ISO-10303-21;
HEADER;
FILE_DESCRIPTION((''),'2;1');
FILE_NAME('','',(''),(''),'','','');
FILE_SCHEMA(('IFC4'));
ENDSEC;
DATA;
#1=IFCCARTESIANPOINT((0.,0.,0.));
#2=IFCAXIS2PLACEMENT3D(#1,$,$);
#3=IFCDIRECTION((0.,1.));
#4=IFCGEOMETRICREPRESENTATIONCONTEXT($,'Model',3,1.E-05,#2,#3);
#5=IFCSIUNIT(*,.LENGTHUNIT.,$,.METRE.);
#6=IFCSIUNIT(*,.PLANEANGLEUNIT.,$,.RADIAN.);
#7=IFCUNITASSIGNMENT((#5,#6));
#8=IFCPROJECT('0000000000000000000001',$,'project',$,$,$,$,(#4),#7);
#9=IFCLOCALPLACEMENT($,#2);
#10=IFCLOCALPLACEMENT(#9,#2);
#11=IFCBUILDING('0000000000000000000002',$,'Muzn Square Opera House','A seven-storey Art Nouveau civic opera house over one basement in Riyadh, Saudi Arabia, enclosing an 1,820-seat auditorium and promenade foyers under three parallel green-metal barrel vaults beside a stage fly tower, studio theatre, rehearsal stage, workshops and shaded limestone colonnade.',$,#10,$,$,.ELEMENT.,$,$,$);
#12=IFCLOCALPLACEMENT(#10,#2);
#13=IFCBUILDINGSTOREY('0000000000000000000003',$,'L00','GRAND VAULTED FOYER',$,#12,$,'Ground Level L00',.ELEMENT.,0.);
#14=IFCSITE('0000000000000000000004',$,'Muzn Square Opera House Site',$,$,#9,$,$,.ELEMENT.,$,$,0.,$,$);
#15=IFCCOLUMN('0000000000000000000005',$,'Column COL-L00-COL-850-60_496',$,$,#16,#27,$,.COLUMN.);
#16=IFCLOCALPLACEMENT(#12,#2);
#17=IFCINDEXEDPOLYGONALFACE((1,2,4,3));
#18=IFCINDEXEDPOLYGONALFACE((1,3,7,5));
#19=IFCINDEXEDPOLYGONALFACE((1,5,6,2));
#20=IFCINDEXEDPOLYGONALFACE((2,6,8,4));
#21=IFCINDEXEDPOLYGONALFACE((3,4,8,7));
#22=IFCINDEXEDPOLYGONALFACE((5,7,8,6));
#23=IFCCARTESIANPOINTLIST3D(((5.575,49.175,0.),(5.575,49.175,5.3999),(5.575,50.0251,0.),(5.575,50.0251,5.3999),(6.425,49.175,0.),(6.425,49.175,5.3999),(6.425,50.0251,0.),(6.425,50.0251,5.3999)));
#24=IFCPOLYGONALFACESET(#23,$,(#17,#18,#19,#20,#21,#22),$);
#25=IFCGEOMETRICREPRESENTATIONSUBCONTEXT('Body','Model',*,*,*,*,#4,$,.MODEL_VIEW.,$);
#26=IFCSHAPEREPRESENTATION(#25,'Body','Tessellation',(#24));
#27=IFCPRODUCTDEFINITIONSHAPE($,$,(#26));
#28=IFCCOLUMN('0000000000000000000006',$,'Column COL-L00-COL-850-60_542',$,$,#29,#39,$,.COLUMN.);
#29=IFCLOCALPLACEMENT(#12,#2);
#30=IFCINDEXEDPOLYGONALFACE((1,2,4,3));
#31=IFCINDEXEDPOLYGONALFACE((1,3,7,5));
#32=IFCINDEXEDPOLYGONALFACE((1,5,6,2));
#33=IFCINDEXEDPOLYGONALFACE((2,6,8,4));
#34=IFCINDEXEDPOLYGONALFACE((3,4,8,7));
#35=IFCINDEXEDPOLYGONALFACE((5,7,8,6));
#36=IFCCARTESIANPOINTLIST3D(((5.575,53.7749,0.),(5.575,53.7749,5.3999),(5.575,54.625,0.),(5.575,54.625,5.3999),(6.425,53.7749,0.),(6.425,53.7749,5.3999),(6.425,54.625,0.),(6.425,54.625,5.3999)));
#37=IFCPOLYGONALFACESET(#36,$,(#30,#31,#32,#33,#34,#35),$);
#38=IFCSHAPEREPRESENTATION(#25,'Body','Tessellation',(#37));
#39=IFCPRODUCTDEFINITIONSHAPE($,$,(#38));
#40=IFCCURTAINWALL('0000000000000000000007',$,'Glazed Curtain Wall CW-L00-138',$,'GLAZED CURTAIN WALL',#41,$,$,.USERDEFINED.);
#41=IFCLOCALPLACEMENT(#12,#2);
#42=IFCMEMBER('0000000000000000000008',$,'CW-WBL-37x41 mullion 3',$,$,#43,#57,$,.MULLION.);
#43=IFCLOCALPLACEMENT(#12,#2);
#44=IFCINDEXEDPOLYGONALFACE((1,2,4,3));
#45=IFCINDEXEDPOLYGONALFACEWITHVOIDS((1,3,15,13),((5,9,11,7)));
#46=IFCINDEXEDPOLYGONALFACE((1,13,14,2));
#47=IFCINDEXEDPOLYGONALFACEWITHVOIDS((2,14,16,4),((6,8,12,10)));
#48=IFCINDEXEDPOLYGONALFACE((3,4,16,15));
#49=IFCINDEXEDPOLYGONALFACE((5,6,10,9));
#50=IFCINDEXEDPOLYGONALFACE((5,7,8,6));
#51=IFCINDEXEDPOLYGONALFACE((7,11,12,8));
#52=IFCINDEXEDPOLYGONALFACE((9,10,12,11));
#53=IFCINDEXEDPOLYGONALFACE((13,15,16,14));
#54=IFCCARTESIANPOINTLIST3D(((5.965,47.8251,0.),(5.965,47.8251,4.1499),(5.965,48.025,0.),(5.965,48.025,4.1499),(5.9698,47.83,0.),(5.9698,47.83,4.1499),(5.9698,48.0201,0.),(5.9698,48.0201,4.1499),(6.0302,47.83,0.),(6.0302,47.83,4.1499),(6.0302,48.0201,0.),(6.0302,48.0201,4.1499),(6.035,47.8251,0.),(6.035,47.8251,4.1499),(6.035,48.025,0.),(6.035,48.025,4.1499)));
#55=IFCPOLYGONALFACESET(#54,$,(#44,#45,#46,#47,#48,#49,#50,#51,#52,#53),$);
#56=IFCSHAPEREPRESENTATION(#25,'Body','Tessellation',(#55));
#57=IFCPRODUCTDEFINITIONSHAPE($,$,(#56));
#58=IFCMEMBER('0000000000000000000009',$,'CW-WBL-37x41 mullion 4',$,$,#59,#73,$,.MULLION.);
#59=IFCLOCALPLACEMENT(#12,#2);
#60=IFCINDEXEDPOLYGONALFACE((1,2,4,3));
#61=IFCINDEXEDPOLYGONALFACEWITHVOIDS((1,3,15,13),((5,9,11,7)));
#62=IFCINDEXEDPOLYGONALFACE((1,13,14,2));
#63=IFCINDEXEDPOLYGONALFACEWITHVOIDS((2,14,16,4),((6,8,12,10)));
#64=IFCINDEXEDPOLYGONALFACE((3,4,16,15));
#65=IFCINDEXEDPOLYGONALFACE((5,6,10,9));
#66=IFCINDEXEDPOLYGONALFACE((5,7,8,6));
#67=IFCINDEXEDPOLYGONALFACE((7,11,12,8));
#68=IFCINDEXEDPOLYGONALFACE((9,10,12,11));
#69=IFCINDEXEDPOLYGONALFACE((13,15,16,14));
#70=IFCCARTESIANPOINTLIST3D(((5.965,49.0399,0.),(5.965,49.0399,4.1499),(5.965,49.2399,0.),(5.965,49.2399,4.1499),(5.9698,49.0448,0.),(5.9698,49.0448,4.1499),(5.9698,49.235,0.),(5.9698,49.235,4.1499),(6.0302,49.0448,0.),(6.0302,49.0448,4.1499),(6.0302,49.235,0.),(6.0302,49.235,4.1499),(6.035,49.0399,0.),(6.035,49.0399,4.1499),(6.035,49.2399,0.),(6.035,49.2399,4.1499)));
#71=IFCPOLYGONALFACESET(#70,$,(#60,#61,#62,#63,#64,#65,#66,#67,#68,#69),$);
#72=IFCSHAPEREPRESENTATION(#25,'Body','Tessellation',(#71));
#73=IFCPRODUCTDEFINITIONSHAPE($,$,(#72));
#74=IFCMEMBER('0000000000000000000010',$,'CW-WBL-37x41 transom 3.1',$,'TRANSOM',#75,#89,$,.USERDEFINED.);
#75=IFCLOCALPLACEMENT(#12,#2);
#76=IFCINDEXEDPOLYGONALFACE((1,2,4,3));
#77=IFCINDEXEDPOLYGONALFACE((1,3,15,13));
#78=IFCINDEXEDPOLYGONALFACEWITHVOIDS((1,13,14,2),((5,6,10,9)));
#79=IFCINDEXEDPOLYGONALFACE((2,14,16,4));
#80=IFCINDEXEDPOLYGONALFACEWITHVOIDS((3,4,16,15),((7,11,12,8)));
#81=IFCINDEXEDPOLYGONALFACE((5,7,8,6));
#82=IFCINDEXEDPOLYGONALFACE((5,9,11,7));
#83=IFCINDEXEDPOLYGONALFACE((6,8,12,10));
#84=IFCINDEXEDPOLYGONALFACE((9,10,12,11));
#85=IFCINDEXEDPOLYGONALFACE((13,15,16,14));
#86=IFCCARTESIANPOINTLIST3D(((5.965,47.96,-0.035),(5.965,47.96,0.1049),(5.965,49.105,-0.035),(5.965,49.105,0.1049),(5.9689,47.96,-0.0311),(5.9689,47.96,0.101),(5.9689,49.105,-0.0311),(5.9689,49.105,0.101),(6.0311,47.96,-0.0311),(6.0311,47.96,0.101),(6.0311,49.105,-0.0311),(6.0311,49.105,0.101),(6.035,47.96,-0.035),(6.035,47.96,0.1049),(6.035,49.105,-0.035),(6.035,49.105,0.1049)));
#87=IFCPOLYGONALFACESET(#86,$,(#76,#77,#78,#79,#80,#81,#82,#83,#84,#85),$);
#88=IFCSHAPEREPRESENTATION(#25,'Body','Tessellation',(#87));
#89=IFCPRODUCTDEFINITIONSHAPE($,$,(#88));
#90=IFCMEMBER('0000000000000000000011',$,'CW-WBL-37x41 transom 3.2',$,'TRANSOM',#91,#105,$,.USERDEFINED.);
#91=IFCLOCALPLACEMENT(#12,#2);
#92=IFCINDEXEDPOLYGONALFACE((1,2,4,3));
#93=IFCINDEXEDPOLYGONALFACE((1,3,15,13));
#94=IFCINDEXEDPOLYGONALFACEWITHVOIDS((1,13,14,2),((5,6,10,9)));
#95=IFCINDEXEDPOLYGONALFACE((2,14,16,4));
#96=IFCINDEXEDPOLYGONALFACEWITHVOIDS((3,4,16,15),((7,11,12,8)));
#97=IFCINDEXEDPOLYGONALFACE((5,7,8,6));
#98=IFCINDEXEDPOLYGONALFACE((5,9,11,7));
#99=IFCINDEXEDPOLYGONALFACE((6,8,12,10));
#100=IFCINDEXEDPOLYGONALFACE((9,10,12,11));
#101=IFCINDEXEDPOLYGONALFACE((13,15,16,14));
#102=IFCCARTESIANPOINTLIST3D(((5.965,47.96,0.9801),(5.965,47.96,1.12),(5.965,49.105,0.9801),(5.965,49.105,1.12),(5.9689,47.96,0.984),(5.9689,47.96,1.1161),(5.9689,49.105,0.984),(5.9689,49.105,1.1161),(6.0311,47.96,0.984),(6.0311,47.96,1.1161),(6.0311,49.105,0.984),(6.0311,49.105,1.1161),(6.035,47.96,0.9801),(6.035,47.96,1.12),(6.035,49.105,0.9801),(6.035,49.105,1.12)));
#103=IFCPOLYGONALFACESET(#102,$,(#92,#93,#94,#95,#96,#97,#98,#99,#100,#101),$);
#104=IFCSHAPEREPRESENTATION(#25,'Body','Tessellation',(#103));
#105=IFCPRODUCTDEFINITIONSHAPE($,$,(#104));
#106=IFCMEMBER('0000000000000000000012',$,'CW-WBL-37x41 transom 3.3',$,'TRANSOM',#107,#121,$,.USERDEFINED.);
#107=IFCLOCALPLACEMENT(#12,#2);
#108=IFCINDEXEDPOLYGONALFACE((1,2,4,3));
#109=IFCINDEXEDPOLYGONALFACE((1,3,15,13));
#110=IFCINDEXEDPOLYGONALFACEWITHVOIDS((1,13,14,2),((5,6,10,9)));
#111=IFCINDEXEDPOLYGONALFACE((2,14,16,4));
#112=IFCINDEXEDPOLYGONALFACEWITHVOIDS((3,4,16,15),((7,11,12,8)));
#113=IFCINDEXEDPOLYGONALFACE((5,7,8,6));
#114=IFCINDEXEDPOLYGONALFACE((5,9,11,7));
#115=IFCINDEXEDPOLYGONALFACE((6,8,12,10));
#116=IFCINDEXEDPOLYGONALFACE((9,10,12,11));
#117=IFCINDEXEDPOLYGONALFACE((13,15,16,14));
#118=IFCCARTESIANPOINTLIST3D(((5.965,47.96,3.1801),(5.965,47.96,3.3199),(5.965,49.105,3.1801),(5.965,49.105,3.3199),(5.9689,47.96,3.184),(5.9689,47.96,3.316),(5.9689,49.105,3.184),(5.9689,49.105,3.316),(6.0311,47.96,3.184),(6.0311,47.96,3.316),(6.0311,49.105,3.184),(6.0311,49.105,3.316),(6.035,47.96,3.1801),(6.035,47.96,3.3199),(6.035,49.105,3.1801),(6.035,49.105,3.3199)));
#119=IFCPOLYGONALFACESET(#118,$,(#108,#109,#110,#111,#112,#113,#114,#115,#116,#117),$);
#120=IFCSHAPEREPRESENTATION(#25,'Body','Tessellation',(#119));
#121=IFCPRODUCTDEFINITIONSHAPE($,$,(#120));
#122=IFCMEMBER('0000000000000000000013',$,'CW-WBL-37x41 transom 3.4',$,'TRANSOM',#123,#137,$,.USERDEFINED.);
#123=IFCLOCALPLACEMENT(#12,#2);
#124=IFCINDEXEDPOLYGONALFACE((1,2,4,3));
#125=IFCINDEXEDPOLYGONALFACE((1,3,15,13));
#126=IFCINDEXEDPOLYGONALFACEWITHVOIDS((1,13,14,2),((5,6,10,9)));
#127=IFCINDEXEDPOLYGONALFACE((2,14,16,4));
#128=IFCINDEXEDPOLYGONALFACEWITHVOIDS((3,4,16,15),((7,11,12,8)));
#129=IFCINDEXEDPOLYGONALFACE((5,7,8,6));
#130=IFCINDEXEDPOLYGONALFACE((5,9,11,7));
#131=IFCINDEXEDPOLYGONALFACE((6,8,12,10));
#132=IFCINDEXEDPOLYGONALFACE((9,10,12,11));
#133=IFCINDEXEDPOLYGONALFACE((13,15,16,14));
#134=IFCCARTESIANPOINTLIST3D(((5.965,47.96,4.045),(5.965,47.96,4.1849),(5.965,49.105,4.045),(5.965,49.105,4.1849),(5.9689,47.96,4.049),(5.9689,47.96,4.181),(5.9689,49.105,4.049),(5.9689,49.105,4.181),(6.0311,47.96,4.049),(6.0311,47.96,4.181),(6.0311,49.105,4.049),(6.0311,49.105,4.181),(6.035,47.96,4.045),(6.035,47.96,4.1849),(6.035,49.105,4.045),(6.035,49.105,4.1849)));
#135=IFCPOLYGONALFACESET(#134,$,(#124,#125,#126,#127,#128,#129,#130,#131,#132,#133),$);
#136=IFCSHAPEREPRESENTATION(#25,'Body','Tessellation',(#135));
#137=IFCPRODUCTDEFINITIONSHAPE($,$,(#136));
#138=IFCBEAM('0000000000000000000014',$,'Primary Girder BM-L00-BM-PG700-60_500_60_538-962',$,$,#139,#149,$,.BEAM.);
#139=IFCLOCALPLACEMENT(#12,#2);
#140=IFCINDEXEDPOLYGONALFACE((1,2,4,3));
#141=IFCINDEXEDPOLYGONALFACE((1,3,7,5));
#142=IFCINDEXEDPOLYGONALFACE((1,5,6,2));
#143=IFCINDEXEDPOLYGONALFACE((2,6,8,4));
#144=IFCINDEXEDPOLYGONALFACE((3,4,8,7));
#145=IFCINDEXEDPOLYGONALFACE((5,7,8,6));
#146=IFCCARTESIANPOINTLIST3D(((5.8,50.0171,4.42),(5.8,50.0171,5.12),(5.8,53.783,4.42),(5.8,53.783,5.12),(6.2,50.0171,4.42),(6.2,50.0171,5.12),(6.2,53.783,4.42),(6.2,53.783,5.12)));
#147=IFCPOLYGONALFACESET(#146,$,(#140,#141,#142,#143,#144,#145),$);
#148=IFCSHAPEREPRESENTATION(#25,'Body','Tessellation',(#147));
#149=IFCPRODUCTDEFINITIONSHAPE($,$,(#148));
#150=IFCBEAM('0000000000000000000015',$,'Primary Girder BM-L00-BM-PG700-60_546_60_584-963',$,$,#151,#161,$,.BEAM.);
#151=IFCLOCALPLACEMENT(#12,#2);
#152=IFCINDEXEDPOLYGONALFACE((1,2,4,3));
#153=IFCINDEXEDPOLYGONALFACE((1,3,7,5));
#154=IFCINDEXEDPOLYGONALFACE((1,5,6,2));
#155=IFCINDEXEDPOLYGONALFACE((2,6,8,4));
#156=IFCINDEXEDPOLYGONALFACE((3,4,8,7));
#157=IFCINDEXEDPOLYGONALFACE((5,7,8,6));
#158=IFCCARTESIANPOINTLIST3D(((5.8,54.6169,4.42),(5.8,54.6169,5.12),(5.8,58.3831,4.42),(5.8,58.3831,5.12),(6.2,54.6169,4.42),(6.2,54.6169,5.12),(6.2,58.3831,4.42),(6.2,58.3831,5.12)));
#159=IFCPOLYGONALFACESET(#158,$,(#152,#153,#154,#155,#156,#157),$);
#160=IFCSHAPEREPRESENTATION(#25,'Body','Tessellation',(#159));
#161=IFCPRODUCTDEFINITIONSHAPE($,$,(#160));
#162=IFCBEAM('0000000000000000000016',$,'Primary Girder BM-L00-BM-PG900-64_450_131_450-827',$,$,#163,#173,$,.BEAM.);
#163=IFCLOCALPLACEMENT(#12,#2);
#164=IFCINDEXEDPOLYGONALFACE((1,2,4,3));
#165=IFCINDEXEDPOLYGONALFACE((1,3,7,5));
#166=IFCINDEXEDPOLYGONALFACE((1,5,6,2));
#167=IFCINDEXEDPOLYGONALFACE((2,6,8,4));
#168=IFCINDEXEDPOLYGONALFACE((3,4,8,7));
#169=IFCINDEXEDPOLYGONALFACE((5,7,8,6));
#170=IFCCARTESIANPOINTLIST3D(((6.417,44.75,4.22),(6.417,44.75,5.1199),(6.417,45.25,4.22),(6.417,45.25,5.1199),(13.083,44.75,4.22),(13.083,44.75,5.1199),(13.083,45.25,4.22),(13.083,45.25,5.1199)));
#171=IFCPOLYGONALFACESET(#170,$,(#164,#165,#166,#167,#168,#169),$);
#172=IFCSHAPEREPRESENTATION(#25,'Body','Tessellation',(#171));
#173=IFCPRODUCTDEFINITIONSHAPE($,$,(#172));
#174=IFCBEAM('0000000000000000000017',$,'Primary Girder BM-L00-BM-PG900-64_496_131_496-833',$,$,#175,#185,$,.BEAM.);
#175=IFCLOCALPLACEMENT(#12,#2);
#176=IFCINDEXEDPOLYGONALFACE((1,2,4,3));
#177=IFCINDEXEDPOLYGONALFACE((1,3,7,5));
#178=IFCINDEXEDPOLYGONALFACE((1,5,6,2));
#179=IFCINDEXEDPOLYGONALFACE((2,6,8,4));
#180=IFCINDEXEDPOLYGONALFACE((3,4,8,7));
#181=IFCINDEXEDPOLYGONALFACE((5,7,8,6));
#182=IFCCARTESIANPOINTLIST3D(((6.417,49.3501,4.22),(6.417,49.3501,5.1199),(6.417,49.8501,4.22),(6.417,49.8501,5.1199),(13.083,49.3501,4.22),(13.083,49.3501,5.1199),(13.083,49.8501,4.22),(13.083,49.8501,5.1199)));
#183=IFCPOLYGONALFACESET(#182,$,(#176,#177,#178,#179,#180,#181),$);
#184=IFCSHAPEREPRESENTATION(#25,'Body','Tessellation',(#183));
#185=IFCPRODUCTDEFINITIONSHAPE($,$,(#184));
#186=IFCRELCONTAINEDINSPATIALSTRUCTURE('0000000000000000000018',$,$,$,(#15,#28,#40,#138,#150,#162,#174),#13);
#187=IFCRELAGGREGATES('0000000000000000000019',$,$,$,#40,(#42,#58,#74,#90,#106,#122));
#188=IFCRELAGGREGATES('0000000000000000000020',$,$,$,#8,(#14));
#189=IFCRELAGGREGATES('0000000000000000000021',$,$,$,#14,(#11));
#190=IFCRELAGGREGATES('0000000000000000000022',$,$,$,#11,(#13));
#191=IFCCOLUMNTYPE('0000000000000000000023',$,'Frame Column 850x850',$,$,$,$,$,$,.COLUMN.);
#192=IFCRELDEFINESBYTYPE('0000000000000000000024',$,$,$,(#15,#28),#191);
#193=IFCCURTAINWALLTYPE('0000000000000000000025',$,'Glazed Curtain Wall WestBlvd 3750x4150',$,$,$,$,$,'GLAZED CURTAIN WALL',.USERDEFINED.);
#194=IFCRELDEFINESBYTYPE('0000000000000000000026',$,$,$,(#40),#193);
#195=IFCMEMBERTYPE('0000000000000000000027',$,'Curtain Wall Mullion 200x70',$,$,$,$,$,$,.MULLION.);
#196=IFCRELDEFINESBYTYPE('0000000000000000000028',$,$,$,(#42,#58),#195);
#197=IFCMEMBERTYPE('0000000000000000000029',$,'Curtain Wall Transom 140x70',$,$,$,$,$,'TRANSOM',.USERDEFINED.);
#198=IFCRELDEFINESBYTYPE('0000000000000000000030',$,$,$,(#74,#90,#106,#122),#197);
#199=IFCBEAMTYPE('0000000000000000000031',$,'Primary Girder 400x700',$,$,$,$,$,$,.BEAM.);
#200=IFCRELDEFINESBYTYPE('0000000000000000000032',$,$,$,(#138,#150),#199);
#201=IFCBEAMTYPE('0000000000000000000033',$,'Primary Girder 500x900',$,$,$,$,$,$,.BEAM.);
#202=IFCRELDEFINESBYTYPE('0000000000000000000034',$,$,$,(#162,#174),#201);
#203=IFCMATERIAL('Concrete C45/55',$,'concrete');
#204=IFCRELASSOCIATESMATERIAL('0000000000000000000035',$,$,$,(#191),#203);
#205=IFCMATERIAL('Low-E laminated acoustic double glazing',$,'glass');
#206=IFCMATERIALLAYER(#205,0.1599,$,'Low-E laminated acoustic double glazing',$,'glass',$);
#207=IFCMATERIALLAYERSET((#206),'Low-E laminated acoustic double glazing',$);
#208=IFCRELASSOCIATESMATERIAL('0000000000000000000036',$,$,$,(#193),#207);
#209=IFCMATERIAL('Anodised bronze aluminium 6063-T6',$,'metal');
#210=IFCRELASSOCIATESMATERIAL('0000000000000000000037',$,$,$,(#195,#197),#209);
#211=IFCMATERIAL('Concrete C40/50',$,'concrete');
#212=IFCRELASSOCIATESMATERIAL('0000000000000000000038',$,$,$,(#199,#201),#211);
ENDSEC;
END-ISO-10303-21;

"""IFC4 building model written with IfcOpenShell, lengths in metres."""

from ifc_helpers import new_model, si_unit, direction, frame, origin, origin_2d, place, context, subcontext, project, spatial, rectangle, hollow_rectangle, extrude, material, layer, layer_set, material_profile, profile_set, type_object, element, aggregate, save


model = new_model("IFC4")

# Units and contexts
model_context = context("Model", 3, precision=1e-05, world=origin(), true_north=direction((0.0, 1.0)))
body_context = subcontext(model_context, "Body", "Model", "MODEL_VIEW")
ifc_project = project(units=[si_unit("LENGTHUNIT", "METRE"), si_unit("PLANEANGLEUNIT", "RADIAN")], contexts=[model_context])

# Site, building, storey
site_placement = place(None, origin())
site = spatial("IfcSite", under=ifc_project, at=site_placement, Name="Muzn Square Opera House Site", CompositionType="ELEMENT", RefElevation=0.0)
building_placement = place(site_placement, origin())
building = spatial("IfcBuilding", under=site, at=building_placement, Name="Muzn Square Opera House", Description="A seven-storey Art Nouveau civic opera house over one basement in Riyadh, Saudi Arabia, enclosing an 1,820-seat auditorium and promenade foyers under three parallel green-metal barrel vaults beside a stage fly tower, studio theatre, rehearsal stage, workshops and shaded limestone colonnade.", CompositionType="ELEMENT")
storey_placement = place(building_placement, origin())
storey = spatial("IfcBuildingStorey", under=building, at=storey_placement, Name="L00", Description="GRAND VAULTED FOYER", LongName="Ground Level L00", CompositionType="ELEMENT", Elevation=0.0)

# Columns
ifc_material_1 = material(Name="Concrete C45/55", Category="concrete")
ifc_material_profile_1 = material_profile(ifc_material_1, rectangle(XDim=0.8501, YDim=0.8501, at=origin_2d()), Name="RC 850x850", Category="concrete")
ifc_profile_set_1 = profile_set([ifc_material_profile_1], Name="Concrete C45/55")
column_type = type_object("IfcColumnType", Name="Frame Column 850x850", PredefinedType="COLUMN", material=ifc_profile_set_1)
for number, where, z_axis, x_axis, name in (
    (1, (6.0, 49.6001, 0.0), (0.0, 0.0, 1.0), (1.0, 0.0, 0.0), "Column COL-L00-COL-850-60_496"),
    (2, (6.0, 54.2, 0.0), (0.0, 0.0, 1.0), (1.0, 0.0, 0.0), "Column COL-L00-COL-850-60_542"),
):
    element("IfcColumn", number, at=place(storey_placement, frame(where, z_axis=z_axis, x_axis=x_axis)), inside=storey, type_object=column_type, Name=name, PredefinedType="COLUMN", context=body_context, shape_type="SweptSolid", body=[
        extrude(rectangle(XDim=0.8501, YDim=0.8501, at=origin_2d()), origin(), (0.0, 0.0, 1.0), 5.3999),
    ])

# Curtain wall, members
ifc_material_2 = material(Name="Low-E laminated acoustic double glazing", Category="glass")
ifc_layer_1 = layer(ifc_material_2, 0.1599, Name="Low-E laminated acoustic double glazing", Category="glass")
ifc_layer_set_1 = layer_set([ifc_layer_1], Name="Low-E laminated acoustic double glazing")
curtain_wall_type = type_object("IfcCurtainWallType", Name="Glazed Curtain Wall WestBlvd 3750x4150", ElementType="GLAZED CURTAIN WALL", PredefinedType="USERDEFINED", material=ifc_layer_set_1)
curtain_wall_placement = place(storey_placement, origin())
curtain_wall = element("IfcCurtainWall", 3, at=curtain_wall_placement, inside=storey, type_object=curtain_wall_type, Name="Glazed Curtain Wall CW-L00-138", ObjectType="GLAZED CURTAIN WALL", PredefinedType="USERDEFINED")
ifc_material_3 = material(Name="Anodised bronze aluminium 6063-T6", Category="metal")
ifc_material_profile_2 = material_profile(ifc_material_3, hollow_rectangle(XDim=0.0701, YDim=0.2, WallThickness=0.0049, at=origin_2d()), Name="ALU 200x70x5", Category="metal")
ifc_profile_set_2 = profile_set([ifc_material_profile_2], Name="Anodised bronze aluminium 6063-T6")
member_type_1 = type_object("IfcMemberType", Name="Curtain Wall Mullion 200x70", PredefinedType="MULLION", material=ifc_profile_set_2)
member_1_placement = place(storey_placement, frame((6.0, 47.925, 0.0), z_axis=(0.0, 0.0, 1.0), x_axis=(-1.0, 0.0, 0.0)))
member_1 = element("IfcMember", 4, at=member_1_placement, type_object=member_type_1, Name="CW-WBL-37x41 mullion 3", PredefinedType="MULLION", context=body_context, shape_type="SweptSolid", body=[
    extrude(hollow_rectangle(XDim=0.0701, YDim=0.2, WallThickness=0.0049, at=origin_2d()), origin(), (0.0, 0.0, 1.0), 4.1499),
])
member_2_placement = place(storey_placement, frame((6.0, 49.1399, 0.0), z_axis=(0.0, 0.0, 1.0), x_axis=(-1.0, 0.0, 0.0)))
member_2 = element("IfcMember", 5, at=member_2_placement, type_object=member_type_1, Name="CW-WBL-37x41 mullion 4", PredefinedType="MULLION", context=body_context, shape_type="SweptSolid", body=[
    extrude(hollow_rectangle(XDim=0.0701, YDim=0.2, WallThickness=0.0049, at=origin_2d()), origin(), (0.0, 0.0, 1.0), 4.1499),
])
ifc_material_profile_3 = material_profile(ifc_material_3, hollow_rectangle(XDim=0.0701, YDim=0.1399, WallThickness=0.0039, at=origin_2d()), Name="ALU 140x70x4", Category="metal")
ifc_profile_set_3 = profile_set([ifc_material_profile_3], Name="Anodised bronze aluminium 6063-T6")
member_type_2 = type_object("IfcMemberType", Name="Curtain Wall Transom 140x70", ElementType="TRANSOM", PredefinedType="USERDEFINED", material=ifc_profile_set_3)
member_3_placement = place(storey_placement, frame((6.0, 47.96, 0.0349), z_axis=(0.0, 1.0, 0.0), x_axis=(-1.0, 0.0, 0.0)))
member_3 = element("IfcMember", 6, at=member_3_placement, type_object=member_type_2, Name="CW-WBL-37x41 transom 3.1", ObjectType="TRANSOM", PredefinedType="USERDEFINED", context=body_context, shape_type="SweptSolid", body=[
    extrude(hollow_rectangle(XDim=0.0701, YDim=0.1399, WallThickness=0.0039, at=origin_2d()), origin(), (0.0, 0.0, 1.0), 1.145),
])
member_4_placement = place(storey_placement, frame((6.0, 47.96, 1.05), z_axis=(0.0, 1.0, 0.0), x_axis=(-1.0, 0.0, 0.0)))
member_4 = element("IfcMember", 7, at=member_4_placement, type_object=member_type_2, Name="CW-WBL-37x41 transom 3.2", ObjectType="TRANSOM", PredefinedType="USERDEFINED", context=body_context, shape_type="SweptSolid", body=[
    extrude(hollow_rectangle(XDim=0.0701, YDim=0.1399, WallThickness=0.0039, at=origin_2d()), origin(), (0.0, 0.0, 1.0), 1.145),
])
member_5_placement = place(storey_placement, frame((6.0, 47.96, 3.25), z_axis=(0.0, 1.0, 0.0), x_axis=(-1.0, 0.0, 0.0)))
member_5 = element("IfcMember", 8, at=member_5_placement, type_object=member_type_2, Name="CW-WBL-37x41 transom 3.3", ObjectType="TRANSOM", PredefinedType="USERDEFINED", context=body_context, shape_type="SweptSolid", body=[
    extrude(hollow_rectangle(XDim=0.0701, YDim=0.1399, WallThickness=0.0039, at=origin_2d()), origin(), (0.0, 0.0, 1.0), 1.145),
])
member_6_placement = place(storey_placement, frame((6.0, 47.96, 4.115), z_axis=(0.0, 1.0, 0.0), x_axis=(-1.0, 0.0, 0.0)))
member_6 = element("IfcMember", 9, at=member_6_placement, type_object=member_type_2, Name="CW-WBL-37x41 transom 3.4", ObjectType="TRANSOM", PredefinedType="USERDEFINED", context=body_context, shape_type="SweptSolid", body=[
    extrude(hollow_rectangle(XDim=0.0701, YDim=0.1399, WallThickness=0.0039, at=origin_2d()), origin(), (0.0, 0.0, 1.0), 1.145),
])

# Beams
ifc_material_4 = material(Name="Concrete C40/50", Category="concrete")
ifc_material_profile_4 = material_profile(ifc_material_4, rectangle(XDim=0.3999, YDim=0.7, at=origin_2d()), Name="RCB 400x700", Category="concrete")
ifc_profile_set_4 = profile_set([ifc_material_profile_4], Name="Concrete C40/50")
beam_type_1 = type_object("IfcBeamType", Name="Primary Girder 400x700", PredefinedType="BEAM", material=ifc_profile_set_4)
beam_1_placement = place(storey_placement, frame((6.0, 50.0171, 4.77), z_axis=(0.0, 1.0, 0.0), x_axis=(-1.0, 0.0, 0.0)))
element("IfcBeam", 10, at=beam_1_placement, inside=storey, type_object=beam_type_1, Name="Primary Girder BM-L00-BM-PG700-60_500_60_538-962", PredefinedType="BEAM", context=body_context, shape_type="SweptSolid", body=[
    extrude(rectangle(XDim=0.3999, YDim=0.7, at=origin_2d()), origin(), (0.0, 0.0, 1.0), 3.7659),
])
beam_2_placement = place(storey_placement, frame((6.0, 54.6169, 4.77), z_axis=(0.0, 1.0, 0.0), x_axis=(-1.0, 0.0, 0.0)))
element("IfcBeam", 11, at=beam_2_placement, inside=storey, type_object=beam_type_1, Name="Primary Girder BM-L00-BM-PG700-60_546_60_584-963", PredefinedType="BEAM", context=body_context, shape_type="SweptSolid", body=[
    extrude(rectangle(XDim=0.3999, YDim=0.7, at=origin_2d()), origin(), (0.0, 0.0, 1.0), 3.7661),
])
ifc_material_profile_5 = material_profile(ifc_material_4, rectangle(XDim=0.5, YDim=0.8999, at=origin_2d()), Name="RCB 500x900", Category="concrete")
ifc_profile_set_5 = profile_set([ifc_material_profile_5], Name="Concrete C40/50")
beam_type_2 = type_object("IfcBeamType", Name="Primary Girder 500x900", PredefinedType="BEAM", material=ifc_profile_set_5)
for number, where, z_axis, x_axis, name in (
    (12, (6.417, 45.0, 4.6699), (1.0, 0.0, 0.0), (0.0, 1.0, 0.0), "Primary Girder BM-L00-BM-PG900-64_450_131_450-827"),
    (13, (6.417, 49.6001, 4.6699), (1.0, 0.0, 0.0), (0.0, 1.0, 0.0), "Primary Girder BM-L00-BM-PG900-64_496_131_496-833"),
):
    element("IfcBeam", number, at=place(storey_placement, frame(where, z_axis=z_axis, x_axis=x_axis)), inside=storey, type_object=beam_type_2, Name=name, PredefinedType="BEAM", context=body_context, shape_type="SweptSolid", body=[
        extrude(rectangle(XDim=0.5, YDim=0.8999, at=origin_2d()), origin(), (0.0, 0.0, 1.0), 6.666),
    ])

aggregate(curtain_wall, [member_1, member_2, member_3, member_4, member_5, member_6])

save(model, "model.ifc")
